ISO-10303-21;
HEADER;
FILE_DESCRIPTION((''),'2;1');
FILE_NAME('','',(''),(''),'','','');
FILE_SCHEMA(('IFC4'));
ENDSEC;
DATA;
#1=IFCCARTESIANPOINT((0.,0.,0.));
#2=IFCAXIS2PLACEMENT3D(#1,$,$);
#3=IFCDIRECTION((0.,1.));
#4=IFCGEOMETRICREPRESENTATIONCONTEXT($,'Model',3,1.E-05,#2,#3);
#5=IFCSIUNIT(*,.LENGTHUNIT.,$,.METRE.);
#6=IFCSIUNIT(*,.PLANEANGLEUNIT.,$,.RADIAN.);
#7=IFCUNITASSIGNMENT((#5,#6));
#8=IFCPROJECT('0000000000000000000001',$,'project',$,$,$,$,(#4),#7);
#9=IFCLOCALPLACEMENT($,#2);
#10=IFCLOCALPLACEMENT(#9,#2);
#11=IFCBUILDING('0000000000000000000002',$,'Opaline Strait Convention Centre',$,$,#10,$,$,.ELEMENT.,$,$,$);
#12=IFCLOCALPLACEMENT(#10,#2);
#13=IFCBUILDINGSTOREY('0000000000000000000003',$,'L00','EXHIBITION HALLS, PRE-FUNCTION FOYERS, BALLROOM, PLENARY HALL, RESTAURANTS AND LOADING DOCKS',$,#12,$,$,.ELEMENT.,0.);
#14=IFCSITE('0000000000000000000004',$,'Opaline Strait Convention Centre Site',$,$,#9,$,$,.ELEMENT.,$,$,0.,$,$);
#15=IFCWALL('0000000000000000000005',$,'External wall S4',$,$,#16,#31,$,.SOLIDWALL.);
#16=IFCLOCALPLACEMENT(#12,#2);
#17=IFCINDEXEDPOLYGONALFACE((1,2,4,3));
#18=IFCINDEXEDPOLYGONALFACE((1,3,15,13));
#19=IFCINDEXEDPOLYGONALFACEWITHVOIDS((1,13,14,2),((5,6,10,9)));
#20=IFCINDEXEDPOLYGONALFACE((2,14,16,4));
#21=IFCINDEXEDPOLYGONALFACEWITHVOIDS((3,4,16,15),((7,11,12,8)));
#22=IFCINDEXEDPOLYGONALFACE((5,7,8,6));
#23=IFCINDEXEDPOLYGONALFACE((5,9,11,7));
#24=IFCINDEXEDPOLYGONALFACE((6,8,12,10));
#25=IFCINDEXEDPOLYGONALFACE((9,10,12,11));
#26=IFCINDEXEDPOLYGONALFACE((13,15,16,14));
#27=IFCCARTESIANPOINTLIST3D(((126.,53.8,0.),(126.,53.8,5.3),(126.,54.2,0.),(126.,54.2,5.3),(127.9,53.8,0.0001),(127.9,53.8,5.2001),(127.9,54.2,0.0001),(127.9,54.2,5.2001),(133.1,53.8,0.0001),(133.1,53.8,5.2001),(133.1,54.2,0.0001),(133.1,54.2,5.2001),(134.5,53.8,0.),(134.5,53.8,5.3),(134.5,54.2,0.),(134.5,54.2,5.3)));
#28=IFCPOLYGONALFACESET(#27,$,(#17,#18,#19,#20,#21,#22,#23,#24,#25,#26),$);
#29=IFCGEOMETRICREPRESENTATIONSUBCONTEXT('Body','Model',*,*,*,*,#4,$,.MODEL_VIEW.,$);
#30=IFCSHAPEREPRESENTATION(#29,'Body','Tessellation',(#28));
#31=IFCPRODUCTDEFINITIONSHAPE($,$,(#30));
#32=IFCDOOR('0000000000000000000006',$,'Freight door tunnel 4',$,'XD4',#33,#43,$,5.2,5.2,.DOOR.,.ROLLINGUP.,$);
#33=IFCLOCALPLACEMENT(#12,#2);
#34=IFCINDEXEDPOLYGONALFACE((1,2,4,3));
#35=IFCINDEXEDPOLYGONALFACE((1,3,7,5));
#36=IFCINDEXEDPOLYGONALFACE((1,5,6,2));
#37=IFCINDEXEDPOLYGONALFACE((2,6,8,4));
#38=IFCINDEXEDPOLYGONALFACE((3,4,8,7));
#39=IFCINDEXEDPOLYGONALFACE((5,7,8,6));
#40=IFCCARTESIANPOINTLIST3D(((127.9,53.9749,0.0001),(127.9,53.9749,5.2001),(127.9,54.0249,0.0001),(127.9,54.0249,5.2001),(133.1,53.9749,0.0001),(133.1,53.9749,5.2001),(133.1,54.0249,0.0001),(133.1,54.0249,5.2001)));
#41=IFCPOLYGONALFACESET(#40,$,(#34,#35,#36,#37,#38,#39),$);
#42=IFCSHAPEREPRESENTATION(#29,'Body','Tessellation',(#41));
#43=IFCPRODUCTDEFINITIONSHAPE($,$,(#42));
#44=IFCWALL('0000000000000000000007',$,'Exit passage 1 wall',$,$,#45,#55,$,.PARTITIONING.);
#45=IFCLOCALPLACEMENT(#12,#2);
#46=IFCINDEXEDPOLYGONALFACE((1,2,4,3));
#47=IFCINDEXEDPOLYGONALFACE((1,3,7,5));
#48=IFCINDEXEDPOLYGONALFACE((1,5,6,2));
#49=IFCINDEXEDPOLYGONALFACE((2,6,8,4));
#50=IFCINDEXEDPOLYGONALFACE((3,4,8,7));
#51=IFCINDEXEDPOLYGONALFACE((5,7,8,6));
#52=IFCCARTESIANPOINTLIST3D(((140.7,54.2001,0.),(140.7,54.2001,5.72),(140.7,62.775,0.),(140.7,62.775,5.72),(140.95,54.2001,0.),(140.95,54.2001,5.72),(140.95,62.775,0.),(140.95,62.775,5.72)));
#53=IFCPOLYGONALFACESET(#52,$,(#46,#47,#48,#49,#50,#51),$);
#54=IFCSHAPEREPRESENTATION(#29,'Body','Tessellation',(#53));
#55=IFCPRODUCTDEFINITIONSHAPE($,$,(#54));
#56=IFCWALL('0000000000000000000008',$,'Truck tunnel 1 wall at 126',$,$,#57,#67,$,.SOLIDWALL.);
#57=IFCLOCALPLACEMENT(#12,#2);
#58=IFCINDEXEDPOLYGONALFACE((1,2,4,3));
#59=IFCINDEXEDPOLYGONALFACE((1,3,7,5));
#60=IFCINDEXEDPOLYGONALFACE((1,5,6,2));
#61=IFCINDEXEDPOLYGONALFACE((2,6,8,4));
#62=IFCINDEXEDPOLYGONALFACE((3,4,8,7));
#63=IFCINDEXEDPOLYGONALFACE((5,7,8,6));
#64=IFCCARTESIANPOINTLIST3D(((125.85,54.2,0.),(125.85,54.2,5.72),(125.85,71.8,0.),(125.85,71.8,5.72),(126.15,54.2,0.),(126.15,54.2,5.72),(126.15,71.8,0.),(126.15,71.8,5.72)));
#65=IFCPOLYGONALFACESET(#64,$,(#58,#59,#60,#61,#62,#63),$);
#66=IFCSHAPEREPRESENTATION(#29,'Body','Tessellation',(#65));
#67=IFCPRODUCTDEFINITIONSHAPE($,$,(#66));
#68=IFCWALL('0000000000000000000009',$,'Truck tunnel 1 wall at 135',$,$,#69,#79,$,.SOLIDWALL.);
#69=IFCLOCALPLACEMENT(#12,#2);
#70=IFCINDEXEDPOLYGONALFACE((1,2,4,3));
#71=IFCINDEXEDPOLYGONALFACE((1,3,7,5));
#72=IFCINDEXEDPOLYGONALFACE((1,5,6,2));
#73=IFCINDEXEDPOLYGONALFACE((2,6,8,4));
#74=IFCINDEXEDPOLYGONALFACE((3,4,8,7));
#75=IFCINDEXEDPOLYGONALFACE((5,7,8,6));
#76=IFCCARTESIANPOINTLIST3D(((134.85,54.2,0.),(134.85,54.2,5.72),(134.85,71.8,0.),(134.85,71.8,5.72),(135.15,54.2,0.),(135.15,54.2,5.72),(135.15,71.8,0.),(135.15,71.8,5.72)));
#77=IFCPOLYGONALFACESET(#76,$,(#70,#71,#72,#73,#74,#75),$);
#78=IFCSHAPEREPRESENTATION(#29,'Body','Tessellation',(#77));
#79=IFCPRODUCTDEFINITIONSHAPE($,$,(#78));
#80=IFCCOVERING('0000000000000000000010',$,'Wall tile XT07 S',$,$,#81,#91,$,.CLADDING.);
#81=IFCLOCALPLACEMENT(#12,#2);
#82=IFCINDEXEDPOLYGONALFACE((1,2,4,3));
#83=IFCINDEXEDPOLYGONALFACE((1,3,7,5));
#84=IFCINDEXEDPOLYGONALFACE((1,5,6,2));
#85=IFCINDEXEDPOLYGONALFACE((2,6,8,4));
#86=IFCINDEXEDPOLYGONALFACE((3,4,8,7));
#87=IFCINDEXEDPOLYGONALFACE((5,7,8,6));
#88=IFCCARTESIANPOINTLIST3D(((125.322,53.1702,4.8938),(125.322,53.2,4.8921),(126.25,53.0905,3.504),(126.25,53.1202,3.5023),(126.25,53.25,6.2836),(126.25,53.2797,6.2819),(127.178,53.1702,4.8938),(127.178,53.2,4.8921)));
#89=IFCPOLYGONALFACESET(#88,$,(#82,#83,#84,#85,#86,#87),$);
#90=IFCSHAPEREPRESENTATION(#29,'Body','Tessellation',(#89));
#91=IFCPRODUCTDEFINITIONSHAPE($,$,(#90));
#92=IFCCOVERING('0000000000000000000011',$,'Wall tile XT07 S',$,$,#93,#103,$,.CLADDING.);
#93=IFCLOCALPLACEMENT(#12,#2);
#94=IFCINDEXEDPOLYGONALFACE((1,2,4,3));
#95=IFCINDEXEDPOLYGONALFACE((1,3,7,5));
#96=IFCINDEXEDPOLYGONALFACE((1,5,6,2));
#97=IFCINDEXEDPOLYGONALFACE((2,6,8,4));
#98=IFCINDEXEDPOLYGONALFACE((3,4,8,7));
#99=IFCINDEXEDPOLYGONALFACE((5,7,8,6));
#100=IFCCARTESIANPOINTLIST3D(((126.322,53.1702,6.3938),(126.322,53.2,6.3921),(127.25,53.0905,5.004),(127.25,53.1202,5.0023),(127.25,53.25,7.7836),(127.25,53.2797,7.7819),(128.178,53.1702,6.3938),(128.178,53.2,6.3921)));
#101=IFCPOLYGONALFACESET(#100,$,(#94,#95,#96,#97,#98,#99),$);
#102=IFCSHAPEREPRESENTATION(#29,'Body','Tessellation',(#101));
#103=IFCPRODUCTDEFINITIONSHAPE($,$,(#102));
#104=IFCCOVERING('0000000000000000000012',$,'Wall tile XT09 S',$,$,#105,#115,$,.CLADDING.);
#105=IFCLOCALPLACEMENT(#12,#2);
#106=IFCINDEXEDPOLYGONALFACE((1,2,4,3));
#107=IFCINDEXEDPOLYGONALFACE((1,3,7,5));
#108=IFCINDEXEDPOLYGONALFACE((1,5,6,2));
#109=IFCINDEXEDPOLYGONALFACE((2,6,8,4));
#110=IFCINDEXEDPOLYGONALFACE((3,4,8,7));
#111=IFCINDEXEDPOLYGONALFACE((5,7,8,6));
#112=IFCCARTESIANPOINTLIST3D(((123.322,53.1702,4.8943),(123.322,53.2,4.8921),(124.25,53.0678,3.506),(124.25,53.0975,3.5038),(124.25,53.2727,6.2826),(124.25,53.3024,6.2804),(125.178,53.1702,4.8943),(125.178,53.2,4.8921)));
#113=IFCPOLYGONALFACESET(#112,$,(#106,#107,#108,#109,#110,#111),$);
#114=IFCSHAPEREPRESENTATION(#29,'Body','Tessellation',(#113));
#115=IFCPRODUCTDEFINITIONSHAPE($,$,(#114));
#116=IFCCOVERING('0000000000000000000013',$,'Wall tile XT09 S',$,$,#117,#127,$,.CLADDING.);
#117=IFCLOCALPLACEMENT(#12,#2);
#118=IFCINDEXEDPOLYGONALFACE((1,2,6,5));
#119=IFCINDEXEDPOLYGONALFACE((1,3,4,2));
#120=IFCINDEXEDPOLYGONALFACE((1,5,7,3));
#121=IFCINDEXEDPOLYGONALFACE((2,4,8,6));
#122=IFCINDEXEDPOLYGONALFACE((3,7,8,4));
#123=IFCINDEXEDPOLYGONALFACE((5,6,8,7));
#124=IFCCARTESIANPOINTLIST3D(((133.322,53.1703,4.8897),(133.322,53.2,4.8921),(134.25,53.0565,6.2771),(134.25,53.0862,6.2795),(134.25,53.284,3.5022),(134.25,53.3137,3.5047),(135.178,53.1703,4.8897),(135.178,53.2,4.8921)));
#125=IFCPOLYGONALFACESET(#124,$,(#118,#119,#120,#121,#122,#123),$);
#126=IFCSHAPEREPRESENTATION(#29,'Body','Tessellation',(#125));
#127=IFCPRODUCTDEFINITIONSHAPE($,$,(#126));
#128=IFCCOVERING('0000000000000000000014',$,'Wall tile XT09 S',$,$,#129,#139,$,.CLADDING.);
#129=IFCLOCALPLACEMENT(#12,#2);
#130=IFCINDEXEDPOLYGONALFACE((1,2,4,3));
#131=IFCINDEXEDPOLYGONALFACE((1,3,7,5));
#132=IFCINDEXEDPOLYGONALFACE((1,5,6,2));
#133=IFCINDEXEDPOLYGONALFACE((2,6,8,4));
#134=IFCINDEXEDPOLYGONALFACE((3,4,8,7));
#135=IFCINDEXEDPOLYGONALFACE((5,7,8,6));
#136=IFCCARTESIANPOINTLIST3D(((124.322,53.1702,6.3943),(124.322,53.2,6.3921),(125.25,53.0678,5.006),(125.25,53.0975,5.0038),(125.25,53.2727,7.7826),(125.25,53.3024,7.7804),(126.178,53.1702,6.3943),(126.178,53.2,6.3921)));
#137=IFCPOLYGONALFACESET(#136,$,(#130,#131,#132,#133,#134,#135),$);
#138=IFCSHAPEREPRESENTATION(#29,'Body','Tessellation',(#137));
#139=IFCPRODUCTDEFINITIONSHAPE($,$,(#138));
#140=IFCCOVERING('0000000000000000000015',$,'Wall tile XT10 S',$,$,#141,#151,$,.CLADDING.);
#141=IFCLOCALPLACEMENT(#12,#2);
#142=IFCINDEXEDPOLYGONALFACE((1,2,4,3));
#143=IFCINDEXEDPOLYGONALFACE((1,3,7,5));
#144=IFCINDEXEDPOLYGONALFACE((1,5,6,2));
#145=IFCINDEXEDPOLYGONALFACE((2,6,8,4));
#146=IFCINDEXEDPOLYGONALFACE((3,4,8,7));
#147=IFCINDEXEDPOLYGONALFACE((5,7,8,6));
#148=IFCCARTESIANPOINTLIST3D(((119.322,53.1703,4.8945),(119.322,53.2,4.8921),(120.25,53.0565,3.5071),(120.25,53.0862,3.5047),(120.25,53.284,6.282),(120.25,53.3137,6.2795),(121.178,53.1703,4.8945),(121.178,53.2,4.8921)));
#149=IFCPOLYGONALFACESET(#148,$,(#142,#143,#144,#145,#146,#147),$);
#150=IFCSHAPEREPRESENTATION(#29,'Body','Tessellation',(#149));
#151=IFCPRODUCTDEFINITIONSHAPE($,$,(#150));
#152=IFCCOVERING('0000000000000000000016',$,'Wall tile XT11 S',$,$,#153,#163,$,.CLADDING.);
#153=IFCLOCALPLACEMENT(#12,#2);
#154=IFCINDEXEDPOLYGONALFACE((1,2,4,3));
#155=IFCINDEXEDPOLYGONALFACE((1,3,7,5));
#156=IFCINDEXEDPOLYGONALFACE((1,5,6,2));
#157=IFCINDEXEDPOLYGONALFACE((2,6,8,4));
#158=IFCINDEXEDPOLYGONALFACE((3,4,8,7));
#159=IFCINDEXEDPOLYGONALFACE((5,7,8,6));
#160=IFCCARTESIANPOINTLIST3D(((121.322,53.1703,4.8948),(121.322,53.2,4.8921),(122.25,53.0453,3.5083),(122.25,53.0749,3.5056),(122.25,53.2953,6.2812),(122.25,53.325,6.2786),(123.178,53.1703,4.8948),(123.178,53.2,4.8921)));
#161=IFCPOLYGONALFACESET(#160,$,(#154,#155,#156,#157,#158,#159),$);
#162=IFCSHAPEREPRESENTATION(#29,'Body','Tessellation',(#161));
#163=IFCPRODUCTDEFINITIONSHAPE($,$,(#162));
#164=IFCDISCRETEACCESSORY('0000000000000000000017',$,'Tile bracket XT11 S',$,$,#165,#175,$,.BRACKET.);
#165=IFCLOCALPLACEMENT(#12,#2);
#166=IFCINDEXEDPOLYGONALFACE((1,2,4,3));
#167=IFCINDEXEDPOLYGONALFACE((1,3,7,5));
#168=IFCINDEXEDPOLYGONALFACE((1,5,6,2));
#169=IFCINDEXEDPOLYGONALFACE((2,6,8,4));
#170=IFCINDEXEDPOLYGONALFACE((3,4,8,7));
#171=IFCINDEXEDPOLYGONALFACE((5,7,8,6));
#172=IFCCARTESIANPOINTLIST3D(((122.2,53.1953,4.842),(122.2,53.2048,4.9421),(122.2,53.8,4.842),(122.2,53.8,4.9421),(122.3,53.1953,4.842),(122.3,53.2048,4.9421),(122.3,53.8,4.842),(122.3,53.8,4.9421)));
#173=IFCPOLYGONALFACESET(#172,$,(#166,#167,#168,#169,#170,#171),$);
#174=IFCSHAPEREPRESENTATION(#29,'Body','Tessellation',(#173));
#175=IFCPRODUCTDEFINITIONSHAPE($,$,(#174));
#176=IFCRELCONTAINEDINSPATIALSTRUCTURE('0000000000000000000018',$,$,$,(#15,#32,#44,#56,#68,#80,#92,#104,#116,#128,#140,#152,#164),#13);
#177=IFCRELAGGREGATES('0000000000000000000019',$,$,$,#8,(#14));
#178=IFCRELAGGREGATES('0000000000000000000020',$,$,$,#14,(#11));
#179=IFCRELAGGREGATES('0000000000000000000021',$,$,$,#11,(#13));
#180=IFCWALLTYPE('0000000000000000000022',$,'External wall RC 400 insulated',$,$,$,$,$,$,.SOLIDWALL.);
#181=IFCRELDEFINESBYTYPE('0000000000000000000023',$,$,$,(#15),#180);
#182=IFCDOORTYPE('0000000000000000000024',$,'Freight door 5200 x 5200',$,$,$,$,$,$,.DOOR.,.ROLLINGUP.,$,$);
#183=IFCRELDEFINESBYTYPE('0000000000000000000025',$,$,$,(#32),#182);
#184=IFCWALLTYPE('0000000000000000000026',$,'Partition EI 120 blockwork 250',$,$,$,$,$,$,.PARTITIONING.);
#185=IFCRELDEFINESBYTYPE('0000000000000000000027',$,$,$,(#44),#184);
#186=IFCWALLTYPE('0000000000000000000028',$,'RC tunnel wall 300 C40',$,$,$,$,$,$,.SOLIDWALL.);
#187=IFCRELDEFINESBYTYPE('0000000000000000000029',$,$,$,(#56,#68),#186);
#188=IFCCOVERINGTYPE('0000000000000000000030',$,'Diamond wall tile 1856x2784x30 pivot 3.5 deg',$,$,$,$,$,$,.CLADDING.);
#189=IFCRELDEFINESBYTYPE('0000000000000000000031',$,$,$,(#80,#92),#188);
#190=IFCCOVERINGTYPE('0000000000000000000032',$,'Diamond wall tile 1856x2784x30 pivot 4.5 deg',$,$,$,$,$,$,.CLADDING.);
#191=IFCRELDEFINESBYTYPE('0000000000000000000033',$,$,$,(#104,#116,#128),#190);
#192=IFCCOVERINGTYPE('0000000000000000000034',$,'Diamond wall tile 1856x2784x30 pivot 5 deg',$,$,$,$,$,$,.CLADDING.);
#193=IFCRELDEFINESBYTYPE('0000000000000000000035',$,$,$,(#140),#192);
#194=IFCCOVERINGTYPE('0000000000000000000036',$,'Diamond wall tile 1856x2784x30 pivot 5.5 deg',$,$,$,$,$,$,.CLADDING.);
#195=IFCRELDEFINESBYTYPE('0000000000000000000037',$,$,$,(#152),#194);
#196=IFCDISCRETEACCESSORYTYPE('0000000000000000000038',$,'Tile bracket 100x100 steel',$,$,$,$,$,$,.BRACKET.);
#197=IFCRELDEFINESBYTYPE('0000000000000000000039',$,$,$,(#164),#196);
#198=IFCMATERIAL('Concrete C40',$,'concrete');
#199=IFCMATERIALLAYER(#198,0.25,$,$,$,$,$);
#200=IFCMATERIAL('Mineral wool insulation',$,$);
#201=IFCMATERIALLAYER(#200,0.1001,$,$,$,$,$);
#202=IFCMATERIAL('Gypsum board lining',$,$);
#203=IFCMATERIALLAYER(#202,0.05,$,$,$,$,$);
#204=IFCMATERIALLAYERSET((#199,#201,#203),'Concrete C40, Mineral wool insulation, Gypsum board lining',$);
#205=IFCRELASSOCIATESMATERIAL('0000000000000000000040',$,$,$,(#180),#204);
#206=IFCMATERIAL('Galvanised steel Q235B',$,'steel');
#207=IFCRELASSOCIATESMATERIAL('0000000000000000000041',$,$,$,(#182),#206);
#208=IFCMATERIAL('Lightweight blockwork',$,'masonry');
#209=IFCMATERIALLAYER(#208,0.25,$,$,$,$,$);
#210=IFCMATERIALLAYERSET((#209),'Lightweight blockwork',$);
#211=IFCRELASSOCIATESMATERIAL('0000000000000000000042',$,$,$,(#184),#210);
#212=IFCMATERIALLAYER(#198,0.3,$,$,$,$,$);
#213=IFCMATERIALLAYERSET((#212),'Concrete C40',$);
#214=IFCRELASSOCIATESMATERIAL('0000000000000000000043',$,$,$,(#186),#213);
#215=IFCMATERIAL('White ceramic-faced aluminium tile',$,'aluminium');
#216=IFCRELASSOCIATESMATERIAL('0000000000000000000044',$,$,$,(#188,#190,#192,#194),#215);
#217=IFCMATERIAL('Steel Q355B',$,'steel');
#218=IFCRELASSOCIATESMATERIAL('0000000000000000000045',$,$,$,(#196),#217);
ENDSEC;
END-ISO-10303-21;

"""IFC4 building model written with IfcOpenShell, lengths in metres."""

from ifc_helpers import new_model, si_unit, direction, frame, frame_2d, origin, place, context, subcontext, project, spatial, polyline, rectangle, outline, extrude, material, layer, layer_set, material_profile, profile_set, type_object, element, fill, save


model = new_model("IFC4")

# Units and contexts
model_context = context("Model", 3, precision=1e-05, world=origin(), true_north=direction((0.0, 1.0)))
body_context = subcontext(model_context, "Body", "Model", "MODEL_VIEW")
ifc_project = project(units=[si_unit("LENGTHUNIT", "METRE"), si_unit("PLANEANGLEUNIT", "RADIAN")], contexts=[model_context])

# Site, building, storey
site_placement = place(None, origin())
site = spatial("IfcSite", under=ifc_project, at=site_placement, Name="Opaline Strait Convention Centre Site", CompositionType="ELEMENT", RefElevation=0.0)
building_placement = place(site_placement, origin())
building = spatial("IfcBuilding", under=site, at=building_placement, Name="Opaline Strait Convention Centre", CompositionType="ELEMENT")
storey_placement = place(building_placement, origin())
storey = spatial("IfcBuildingStorey", under=building, at=storey_placement, Name="L00", Description="EXHIBITION HALLS, PRE-FUNCTION FOYERS, BALLROOM, PLENARY HALL, RESTAURANTS AND LOADING DOCKS", CompositionType="ELEMENT", Elevation=0.0)

# Shared definitions
ifc_material_1 = material(Name="Steel Q355B", Category="steel")

# Wall, opening, door
ifc_material_2 = material(Name="Concrete C40", Category="concrete")
ifc_layer_1 = layer(ifc_material_2, 0.25)
ifc_material_3 = material(Name="Mineral wool insulation")
ifc_layer_2 = layer(ifc_material_3, 0.1001)
ifc_material_4 = material(Name="Gypsum board lining")
ifc_layer_3 = layer(ifc_material_4, 0.05)
ifc_layer_set_1 = layer_set([ifc_layer_1, ifc_layer_2, ifc_layer_3], Name="Concrete C40, Mineral wool insulation, Gypsum board lining")
wall_type_1 = type_object("IfcWallType", Name="External wall RC 400 insulated", PredefinedType="SOLIDWALL", material=ifc_layer_set_1)
wall_1_placement = place(storey_placement, frame((126.0, 54.0, 0.0), z_axis=(0.0, 0.0, 1.0), x_axis=(1.0, 0.0, 0.0)))
wall_1 = element("IfcWall", 1, at=wall_1_placement, inside=storey, type_object=wall_type_1, Name="External wall S4", PredefinedType="SOLIDWALL", context=body_context, shape_type="SweptSolid", body=[
    extrude(rectangle(XDim=8.5, YDim=0.3999, at=frame_2d((4.25, 0.0))), origin(), (0.0, 0.0, 1.0), 5.3),
])
opening_1_placement = place(wall_1_placement, frame((1.8999, 0.0, 0.0)))
opening_1 = element("IfcOpeningElement", 2, at=opening_1_placement, cuts=wall_1, PredefinedType="OPENING", context=body_context, shape_type="SweptSolid", body=[
    extrude(rectangle(XDim=5.2, YDim=5.2, at=frame_2d((2.6001, 2.6001))), frame((0.0, 0.21, 0.0), z_axis=(0.0, -1.0, 0.0), x_axis=(1.0, 0.0, 0.0)), (0.0, 0.0, 1.0), 0.4199),
])
ifc_material_5 = material(Name="Galvanised steel Q235B", Category="steel")
door_type_1 = type_object("IfcDoorType", Name="Freight door 5200 x 5200", OperationType="ROLLINGUP", PredefinedType="DOOR", material=ifc_material_5)
door_1_placement = place(opening_1_placement, origin())
door_1 = element("IfcDoor", 3, at=door_1_placement, inside=storey, type_object=door_type_1, Name="Freight door tunnel 4", ObjectType="XD4", OperationType="ROLLINGUP", OverallHeight=5.2, OverallWidth=5.2, PredefinedType="DOOR", context=body_context, shape_type="SweptSolid", body=[
    extrude(rectangle(XDim=5.2, YDim=5.2, at=frame_2d((2.6001, 2.6001))), frame((0.0, 0.0249, 0.0), z_axis=(0.0, -1.0, 0.0), x_axis=(1.0, 0.0, 0.0)), (0.0, 0.0, 1.0), 0.05),
])
fill(opening_1, door_1)

# Walls
ifc_material_6 = material(Name="Lightweight blockwork", Category="masonry")
ifc_layer_4 = layer(ifc_material_6, 0.25)
ifc_layer_set_2 = layer_set([ifc_layer_4], Name="Lightweight blockwork")
wall_type_2 = type_object("IfcWallType", Name="Partition EI 120 blockwork 250", PredefinedType="PARTITIONING", material=ifc_layer_set_2)
wall_2_placement = place(storey_placement, frame((140.825, 54.2, 0.0), z_axis=(0.0, 0.0, 1.0), x_axis=(0.0, 1.0, 0.0)))
element("IfcWall", 4, at=wall_2_placement, inside=storey, type_object=wall_type_2, Name="Exit passage 1 wall", PredefinedType="PARTITIONING", context=body_context, shape_type="SweptSolid", body=[
    extrude(rectangle(XDim=8.575, YDim=0.25, at=frame_2d((4.2876, 0.0))), origin(), (0.0, 0.0, 1.0), 5.72),
])
ifc_layer_5 = layer(ifc_material_2, 0.3)
ifc_layer_set_3 = layer_set([ifc_layer_5], Name="Concrete C40")
wall_type_3 = type_object("IfcWallType", Name="RC tunnel wall 300 C40", PredefinedType="SOLIDWALL", material=ifc_layer_set_3)
for number, where, z_axis, x_axis, name in (
    (5, (126.0, 54.2, 0.0), (0.0, 0.0, 1.0), (0.0, 1.0, 0.0), "Truck tunnel 1 wall at 126"),
    (6, (135.0, 54.2, 0.0), (0.0, 0.0, 1.0), (0.0, 1.0, 0.0), "Truck tunnel 1 wall at 135"),
):
    element("IfcWall", number, at=place(storey_placement, frame(where, z_axis=z_axis, x_axis=x_axis)), inside=storey, type_object=wall_type_3, Name=name, PredefinedType="SOLIDWALL", context=body_context, shape_type="SweptSolid", body=[
        extrude(rectangle(XDim=17.6001, YDim=0.3, at=frame_2d((8.8, 0.0))), origin(), (0.0, 0.0, 1.0), 5.72),
    ])

# Coverings
ifc_material_7 = material(Name="White ceramic-faced aluminium tile", Category="aluminium")
ifc_material_profile_1 = material_profile(ifc_material_7, outline(polyline([(0.928, 0.0), (0.0, 1.3921), (-0.928, 0.0), (0.0, -1.3921), (0.928, 0.0)])), Name="Diamond tile 1856x2784")
ifc_profile_set_1 = profile_set([ifc_material_profile_1], Name="White ceramic-faced aluminium tile")
covering_type_1 = type_object("IfcCoveringType", Name="Diamond wall tile 1856x2784x30 pivot 3.5 deg", PredefinedType="CLADDING", material=ifc_profile_set_1)
for number, where, z_axis, x_axis, name in (
    (7, (126.25, 53.2, 4.8921), (0.0, -0.998358, 0.057283), (1.0, 0.0, 0.0), "Wall tile XT07 S"),
    (8, (127.25, 53.2, 6.3921), (0.0, -0.998358, 0.057283), (1.0, 0.0, 0.0), "Wall tile XT07 S"),
):
    element("IfcCovering", number, at=place(storey_placement, frame(where, z_axis=z_axis, x_axis=x_axis)), inside=storey, type_object=covering_type_1, Name=name, PredefinedType="CLADDING", context=body_context, shape_type="SweptSolid", body=[
        extrude(outline(polyline([(0.928, 0.0), (0.0, 1.3921), (-0.928, 0.0), (0.0, -1.3921), (0.928, 0.0)])), origin(), (0.0, 0.0, 1.0), 0.0298),
    ])
ifc_material_profile_2 = material_profile(ifc_material_7, outline(polyline([(0.928, 0.0), (0.0, 1.3921), (-0.928, 0.0), (0.0, -1.3921), (0.928, 0.0)])), Name="Diamond tile 1856x2784")
ifc_profile_set_2 = profile_set([ifc_material_profile_2], Name="White ceramic-faced aluminium tile")
covering_type_2 = type_object("IfcCoveringType", Name="Diamond wall tile 1856x2784x30 pivot 4.5 deg", PredefinedType="CLADDING", material=ifc_profile_set_2)
for number, where, z_axis, x_axis, name in (
    (9, (124.25, 53.2, 4.8921), (0.0, -0.99729, 0.073571), (1.0, 0.0, 0.0), "Wall tile XT09 S"),
    (10, (134.25, 53.2, 4.8921), (0.0, -0.996658, -0.081693), (1.0, 0.0, 0.0), "Wall tile XT09 S"),
    (11, (125.25, 53.2, 6.3921), (0.0, -0.99729, 0.073571), (1.0, 0.0, 0.0), "Wall tile XT09 S"),
):
    element("IfcCovering", number, at=place(storey_placement, frame(where, z_axis=z_axis, x_axis=x_axis)), inside=storey, type_object=covering_type_2, Name=name, PredefinedType="CLADDING", context=body_context, shape_type="SweptSolid", body=[
        extrude(outline(polyline([(0.928, 0.0), (0.0, 1.3921), (-0.928, 0.0), (0.0, -1.3921), (0.928, 0.0)])), origin(), (0.0, 0.0, 1.0), 0.0298),
    ])
ifc_material_profile_3 = material_profile(ifc_material_7, outline(polyline([(0.928, 0.0), (0.0, 1.3921), (-0.928, 0.0), (0.0, -1.3921), (0.928, 0.0)])), Name="Diamond tile 1856x2784")
ifc_profile_set_3 = profile_set([ifc_material_profile_3], Name="White ceramic-faced aluminium tile")
covering_type_3 = type_object("IfcCoveringType", Name="Diamond wall tile 1856x2784x30 pivot 5 deg", PredefinedType="CLADDING", material=ifc_profile_set_3)
covering_1_placement = place(storey_placement, frame((120.25, 53.2, 4.8921), z_axis=(0.0, -0.996658, 0.081693), x_axis=(1.0, 0.0, 0.0)))
element("IfcCovering", 12, at=covering_1_placement, inside=storey, type_object=covering_type_3, Name="Wall tile XT10 S", PredefinedType="CLADDING", context=body_context, shape_type="SweptSolid", body=[
    extrude(outline(polyline([(0.928, 0.0), (0.0, 1.3921), (-0.928, 0.0), (0.0, -1.3921), (0.928, 0.0)])), origin(), (0.0, 0.0, 1.0), 0.0298),
])
ifc_material_profile_4 = material_profile(ifc_material_7, outline(polyline([(0.928, 0.0), (0.0, 1.3921), (-0.928, 0.0), (0.0, -1.3921), (0.928, 0.0)])), Name="Diamond tile 1856x2784")
ifc_profile_set_4 = profile_set([ifc_material_profile_4], Name="White ceramic-faced aluminium tile")
covering_type_4 = type_object("IfcCoveringType", Name="Diamond wall tile 1856x2784x30 pivot 5.5 deg", PredefinedType="CLADDING", material=ifc_profile_set_4)
covering_2_placement = place(storey_placement, frame((122.25, 53.2, 4.8921), z_axis=(0.0, -0.99596, 0.0898), x_axis=(1.0, 0.0, 0.0)))
element("IfcCovering", 13, at=covering_2_placement, inside=storey, type_object=covering_type_4, Name="Wall tile XT11 S", PredefinedType="CLADDING", context=body_context, shape_type="SweptSolid", body=[
    extrude(outline(polyline([(0.928, 0.0), (0.0, 1.3921), (-0.928, 0.0), (0.0, -1.3921), (0.928, 0.0)])), origin(), (0.0, 0.0, 1.0), 0.0298),
])

# Discrete accessory
discrete_accessory_type = type_object("IfcDiscreteAccessoryType", Name="Tile bracket 100x100 steel", PredefinedType="BRACKET", material=ifc_material_1)
discrete_accessory_1_placement = place(storey_placement, frame((122.2, 53.8, 4.8921), z_axis=(1.0, 0.0, 0.0), x_axis=(0.0, 1.0, 0.0)))
element("IfcDiscreteAccessory", 14, at=discrete_accessory_1_placement, inside=storey, type_object=discrete_accessory_type, Name="Tile bracket XT11 S", PredefinedType="BRACKET", context=body_context, shape_type="SweptSolid", body=[
    extrude(outline(polyline([(0.0, -0.05), (0.0, 0.05), (-0.5952, 0.05), (-0.6047, -0.05), (0.0, -0.05)])), origin(), (0.0, 0.0, 1.0), 0.1001),
])

save(model, "model.ifc")
